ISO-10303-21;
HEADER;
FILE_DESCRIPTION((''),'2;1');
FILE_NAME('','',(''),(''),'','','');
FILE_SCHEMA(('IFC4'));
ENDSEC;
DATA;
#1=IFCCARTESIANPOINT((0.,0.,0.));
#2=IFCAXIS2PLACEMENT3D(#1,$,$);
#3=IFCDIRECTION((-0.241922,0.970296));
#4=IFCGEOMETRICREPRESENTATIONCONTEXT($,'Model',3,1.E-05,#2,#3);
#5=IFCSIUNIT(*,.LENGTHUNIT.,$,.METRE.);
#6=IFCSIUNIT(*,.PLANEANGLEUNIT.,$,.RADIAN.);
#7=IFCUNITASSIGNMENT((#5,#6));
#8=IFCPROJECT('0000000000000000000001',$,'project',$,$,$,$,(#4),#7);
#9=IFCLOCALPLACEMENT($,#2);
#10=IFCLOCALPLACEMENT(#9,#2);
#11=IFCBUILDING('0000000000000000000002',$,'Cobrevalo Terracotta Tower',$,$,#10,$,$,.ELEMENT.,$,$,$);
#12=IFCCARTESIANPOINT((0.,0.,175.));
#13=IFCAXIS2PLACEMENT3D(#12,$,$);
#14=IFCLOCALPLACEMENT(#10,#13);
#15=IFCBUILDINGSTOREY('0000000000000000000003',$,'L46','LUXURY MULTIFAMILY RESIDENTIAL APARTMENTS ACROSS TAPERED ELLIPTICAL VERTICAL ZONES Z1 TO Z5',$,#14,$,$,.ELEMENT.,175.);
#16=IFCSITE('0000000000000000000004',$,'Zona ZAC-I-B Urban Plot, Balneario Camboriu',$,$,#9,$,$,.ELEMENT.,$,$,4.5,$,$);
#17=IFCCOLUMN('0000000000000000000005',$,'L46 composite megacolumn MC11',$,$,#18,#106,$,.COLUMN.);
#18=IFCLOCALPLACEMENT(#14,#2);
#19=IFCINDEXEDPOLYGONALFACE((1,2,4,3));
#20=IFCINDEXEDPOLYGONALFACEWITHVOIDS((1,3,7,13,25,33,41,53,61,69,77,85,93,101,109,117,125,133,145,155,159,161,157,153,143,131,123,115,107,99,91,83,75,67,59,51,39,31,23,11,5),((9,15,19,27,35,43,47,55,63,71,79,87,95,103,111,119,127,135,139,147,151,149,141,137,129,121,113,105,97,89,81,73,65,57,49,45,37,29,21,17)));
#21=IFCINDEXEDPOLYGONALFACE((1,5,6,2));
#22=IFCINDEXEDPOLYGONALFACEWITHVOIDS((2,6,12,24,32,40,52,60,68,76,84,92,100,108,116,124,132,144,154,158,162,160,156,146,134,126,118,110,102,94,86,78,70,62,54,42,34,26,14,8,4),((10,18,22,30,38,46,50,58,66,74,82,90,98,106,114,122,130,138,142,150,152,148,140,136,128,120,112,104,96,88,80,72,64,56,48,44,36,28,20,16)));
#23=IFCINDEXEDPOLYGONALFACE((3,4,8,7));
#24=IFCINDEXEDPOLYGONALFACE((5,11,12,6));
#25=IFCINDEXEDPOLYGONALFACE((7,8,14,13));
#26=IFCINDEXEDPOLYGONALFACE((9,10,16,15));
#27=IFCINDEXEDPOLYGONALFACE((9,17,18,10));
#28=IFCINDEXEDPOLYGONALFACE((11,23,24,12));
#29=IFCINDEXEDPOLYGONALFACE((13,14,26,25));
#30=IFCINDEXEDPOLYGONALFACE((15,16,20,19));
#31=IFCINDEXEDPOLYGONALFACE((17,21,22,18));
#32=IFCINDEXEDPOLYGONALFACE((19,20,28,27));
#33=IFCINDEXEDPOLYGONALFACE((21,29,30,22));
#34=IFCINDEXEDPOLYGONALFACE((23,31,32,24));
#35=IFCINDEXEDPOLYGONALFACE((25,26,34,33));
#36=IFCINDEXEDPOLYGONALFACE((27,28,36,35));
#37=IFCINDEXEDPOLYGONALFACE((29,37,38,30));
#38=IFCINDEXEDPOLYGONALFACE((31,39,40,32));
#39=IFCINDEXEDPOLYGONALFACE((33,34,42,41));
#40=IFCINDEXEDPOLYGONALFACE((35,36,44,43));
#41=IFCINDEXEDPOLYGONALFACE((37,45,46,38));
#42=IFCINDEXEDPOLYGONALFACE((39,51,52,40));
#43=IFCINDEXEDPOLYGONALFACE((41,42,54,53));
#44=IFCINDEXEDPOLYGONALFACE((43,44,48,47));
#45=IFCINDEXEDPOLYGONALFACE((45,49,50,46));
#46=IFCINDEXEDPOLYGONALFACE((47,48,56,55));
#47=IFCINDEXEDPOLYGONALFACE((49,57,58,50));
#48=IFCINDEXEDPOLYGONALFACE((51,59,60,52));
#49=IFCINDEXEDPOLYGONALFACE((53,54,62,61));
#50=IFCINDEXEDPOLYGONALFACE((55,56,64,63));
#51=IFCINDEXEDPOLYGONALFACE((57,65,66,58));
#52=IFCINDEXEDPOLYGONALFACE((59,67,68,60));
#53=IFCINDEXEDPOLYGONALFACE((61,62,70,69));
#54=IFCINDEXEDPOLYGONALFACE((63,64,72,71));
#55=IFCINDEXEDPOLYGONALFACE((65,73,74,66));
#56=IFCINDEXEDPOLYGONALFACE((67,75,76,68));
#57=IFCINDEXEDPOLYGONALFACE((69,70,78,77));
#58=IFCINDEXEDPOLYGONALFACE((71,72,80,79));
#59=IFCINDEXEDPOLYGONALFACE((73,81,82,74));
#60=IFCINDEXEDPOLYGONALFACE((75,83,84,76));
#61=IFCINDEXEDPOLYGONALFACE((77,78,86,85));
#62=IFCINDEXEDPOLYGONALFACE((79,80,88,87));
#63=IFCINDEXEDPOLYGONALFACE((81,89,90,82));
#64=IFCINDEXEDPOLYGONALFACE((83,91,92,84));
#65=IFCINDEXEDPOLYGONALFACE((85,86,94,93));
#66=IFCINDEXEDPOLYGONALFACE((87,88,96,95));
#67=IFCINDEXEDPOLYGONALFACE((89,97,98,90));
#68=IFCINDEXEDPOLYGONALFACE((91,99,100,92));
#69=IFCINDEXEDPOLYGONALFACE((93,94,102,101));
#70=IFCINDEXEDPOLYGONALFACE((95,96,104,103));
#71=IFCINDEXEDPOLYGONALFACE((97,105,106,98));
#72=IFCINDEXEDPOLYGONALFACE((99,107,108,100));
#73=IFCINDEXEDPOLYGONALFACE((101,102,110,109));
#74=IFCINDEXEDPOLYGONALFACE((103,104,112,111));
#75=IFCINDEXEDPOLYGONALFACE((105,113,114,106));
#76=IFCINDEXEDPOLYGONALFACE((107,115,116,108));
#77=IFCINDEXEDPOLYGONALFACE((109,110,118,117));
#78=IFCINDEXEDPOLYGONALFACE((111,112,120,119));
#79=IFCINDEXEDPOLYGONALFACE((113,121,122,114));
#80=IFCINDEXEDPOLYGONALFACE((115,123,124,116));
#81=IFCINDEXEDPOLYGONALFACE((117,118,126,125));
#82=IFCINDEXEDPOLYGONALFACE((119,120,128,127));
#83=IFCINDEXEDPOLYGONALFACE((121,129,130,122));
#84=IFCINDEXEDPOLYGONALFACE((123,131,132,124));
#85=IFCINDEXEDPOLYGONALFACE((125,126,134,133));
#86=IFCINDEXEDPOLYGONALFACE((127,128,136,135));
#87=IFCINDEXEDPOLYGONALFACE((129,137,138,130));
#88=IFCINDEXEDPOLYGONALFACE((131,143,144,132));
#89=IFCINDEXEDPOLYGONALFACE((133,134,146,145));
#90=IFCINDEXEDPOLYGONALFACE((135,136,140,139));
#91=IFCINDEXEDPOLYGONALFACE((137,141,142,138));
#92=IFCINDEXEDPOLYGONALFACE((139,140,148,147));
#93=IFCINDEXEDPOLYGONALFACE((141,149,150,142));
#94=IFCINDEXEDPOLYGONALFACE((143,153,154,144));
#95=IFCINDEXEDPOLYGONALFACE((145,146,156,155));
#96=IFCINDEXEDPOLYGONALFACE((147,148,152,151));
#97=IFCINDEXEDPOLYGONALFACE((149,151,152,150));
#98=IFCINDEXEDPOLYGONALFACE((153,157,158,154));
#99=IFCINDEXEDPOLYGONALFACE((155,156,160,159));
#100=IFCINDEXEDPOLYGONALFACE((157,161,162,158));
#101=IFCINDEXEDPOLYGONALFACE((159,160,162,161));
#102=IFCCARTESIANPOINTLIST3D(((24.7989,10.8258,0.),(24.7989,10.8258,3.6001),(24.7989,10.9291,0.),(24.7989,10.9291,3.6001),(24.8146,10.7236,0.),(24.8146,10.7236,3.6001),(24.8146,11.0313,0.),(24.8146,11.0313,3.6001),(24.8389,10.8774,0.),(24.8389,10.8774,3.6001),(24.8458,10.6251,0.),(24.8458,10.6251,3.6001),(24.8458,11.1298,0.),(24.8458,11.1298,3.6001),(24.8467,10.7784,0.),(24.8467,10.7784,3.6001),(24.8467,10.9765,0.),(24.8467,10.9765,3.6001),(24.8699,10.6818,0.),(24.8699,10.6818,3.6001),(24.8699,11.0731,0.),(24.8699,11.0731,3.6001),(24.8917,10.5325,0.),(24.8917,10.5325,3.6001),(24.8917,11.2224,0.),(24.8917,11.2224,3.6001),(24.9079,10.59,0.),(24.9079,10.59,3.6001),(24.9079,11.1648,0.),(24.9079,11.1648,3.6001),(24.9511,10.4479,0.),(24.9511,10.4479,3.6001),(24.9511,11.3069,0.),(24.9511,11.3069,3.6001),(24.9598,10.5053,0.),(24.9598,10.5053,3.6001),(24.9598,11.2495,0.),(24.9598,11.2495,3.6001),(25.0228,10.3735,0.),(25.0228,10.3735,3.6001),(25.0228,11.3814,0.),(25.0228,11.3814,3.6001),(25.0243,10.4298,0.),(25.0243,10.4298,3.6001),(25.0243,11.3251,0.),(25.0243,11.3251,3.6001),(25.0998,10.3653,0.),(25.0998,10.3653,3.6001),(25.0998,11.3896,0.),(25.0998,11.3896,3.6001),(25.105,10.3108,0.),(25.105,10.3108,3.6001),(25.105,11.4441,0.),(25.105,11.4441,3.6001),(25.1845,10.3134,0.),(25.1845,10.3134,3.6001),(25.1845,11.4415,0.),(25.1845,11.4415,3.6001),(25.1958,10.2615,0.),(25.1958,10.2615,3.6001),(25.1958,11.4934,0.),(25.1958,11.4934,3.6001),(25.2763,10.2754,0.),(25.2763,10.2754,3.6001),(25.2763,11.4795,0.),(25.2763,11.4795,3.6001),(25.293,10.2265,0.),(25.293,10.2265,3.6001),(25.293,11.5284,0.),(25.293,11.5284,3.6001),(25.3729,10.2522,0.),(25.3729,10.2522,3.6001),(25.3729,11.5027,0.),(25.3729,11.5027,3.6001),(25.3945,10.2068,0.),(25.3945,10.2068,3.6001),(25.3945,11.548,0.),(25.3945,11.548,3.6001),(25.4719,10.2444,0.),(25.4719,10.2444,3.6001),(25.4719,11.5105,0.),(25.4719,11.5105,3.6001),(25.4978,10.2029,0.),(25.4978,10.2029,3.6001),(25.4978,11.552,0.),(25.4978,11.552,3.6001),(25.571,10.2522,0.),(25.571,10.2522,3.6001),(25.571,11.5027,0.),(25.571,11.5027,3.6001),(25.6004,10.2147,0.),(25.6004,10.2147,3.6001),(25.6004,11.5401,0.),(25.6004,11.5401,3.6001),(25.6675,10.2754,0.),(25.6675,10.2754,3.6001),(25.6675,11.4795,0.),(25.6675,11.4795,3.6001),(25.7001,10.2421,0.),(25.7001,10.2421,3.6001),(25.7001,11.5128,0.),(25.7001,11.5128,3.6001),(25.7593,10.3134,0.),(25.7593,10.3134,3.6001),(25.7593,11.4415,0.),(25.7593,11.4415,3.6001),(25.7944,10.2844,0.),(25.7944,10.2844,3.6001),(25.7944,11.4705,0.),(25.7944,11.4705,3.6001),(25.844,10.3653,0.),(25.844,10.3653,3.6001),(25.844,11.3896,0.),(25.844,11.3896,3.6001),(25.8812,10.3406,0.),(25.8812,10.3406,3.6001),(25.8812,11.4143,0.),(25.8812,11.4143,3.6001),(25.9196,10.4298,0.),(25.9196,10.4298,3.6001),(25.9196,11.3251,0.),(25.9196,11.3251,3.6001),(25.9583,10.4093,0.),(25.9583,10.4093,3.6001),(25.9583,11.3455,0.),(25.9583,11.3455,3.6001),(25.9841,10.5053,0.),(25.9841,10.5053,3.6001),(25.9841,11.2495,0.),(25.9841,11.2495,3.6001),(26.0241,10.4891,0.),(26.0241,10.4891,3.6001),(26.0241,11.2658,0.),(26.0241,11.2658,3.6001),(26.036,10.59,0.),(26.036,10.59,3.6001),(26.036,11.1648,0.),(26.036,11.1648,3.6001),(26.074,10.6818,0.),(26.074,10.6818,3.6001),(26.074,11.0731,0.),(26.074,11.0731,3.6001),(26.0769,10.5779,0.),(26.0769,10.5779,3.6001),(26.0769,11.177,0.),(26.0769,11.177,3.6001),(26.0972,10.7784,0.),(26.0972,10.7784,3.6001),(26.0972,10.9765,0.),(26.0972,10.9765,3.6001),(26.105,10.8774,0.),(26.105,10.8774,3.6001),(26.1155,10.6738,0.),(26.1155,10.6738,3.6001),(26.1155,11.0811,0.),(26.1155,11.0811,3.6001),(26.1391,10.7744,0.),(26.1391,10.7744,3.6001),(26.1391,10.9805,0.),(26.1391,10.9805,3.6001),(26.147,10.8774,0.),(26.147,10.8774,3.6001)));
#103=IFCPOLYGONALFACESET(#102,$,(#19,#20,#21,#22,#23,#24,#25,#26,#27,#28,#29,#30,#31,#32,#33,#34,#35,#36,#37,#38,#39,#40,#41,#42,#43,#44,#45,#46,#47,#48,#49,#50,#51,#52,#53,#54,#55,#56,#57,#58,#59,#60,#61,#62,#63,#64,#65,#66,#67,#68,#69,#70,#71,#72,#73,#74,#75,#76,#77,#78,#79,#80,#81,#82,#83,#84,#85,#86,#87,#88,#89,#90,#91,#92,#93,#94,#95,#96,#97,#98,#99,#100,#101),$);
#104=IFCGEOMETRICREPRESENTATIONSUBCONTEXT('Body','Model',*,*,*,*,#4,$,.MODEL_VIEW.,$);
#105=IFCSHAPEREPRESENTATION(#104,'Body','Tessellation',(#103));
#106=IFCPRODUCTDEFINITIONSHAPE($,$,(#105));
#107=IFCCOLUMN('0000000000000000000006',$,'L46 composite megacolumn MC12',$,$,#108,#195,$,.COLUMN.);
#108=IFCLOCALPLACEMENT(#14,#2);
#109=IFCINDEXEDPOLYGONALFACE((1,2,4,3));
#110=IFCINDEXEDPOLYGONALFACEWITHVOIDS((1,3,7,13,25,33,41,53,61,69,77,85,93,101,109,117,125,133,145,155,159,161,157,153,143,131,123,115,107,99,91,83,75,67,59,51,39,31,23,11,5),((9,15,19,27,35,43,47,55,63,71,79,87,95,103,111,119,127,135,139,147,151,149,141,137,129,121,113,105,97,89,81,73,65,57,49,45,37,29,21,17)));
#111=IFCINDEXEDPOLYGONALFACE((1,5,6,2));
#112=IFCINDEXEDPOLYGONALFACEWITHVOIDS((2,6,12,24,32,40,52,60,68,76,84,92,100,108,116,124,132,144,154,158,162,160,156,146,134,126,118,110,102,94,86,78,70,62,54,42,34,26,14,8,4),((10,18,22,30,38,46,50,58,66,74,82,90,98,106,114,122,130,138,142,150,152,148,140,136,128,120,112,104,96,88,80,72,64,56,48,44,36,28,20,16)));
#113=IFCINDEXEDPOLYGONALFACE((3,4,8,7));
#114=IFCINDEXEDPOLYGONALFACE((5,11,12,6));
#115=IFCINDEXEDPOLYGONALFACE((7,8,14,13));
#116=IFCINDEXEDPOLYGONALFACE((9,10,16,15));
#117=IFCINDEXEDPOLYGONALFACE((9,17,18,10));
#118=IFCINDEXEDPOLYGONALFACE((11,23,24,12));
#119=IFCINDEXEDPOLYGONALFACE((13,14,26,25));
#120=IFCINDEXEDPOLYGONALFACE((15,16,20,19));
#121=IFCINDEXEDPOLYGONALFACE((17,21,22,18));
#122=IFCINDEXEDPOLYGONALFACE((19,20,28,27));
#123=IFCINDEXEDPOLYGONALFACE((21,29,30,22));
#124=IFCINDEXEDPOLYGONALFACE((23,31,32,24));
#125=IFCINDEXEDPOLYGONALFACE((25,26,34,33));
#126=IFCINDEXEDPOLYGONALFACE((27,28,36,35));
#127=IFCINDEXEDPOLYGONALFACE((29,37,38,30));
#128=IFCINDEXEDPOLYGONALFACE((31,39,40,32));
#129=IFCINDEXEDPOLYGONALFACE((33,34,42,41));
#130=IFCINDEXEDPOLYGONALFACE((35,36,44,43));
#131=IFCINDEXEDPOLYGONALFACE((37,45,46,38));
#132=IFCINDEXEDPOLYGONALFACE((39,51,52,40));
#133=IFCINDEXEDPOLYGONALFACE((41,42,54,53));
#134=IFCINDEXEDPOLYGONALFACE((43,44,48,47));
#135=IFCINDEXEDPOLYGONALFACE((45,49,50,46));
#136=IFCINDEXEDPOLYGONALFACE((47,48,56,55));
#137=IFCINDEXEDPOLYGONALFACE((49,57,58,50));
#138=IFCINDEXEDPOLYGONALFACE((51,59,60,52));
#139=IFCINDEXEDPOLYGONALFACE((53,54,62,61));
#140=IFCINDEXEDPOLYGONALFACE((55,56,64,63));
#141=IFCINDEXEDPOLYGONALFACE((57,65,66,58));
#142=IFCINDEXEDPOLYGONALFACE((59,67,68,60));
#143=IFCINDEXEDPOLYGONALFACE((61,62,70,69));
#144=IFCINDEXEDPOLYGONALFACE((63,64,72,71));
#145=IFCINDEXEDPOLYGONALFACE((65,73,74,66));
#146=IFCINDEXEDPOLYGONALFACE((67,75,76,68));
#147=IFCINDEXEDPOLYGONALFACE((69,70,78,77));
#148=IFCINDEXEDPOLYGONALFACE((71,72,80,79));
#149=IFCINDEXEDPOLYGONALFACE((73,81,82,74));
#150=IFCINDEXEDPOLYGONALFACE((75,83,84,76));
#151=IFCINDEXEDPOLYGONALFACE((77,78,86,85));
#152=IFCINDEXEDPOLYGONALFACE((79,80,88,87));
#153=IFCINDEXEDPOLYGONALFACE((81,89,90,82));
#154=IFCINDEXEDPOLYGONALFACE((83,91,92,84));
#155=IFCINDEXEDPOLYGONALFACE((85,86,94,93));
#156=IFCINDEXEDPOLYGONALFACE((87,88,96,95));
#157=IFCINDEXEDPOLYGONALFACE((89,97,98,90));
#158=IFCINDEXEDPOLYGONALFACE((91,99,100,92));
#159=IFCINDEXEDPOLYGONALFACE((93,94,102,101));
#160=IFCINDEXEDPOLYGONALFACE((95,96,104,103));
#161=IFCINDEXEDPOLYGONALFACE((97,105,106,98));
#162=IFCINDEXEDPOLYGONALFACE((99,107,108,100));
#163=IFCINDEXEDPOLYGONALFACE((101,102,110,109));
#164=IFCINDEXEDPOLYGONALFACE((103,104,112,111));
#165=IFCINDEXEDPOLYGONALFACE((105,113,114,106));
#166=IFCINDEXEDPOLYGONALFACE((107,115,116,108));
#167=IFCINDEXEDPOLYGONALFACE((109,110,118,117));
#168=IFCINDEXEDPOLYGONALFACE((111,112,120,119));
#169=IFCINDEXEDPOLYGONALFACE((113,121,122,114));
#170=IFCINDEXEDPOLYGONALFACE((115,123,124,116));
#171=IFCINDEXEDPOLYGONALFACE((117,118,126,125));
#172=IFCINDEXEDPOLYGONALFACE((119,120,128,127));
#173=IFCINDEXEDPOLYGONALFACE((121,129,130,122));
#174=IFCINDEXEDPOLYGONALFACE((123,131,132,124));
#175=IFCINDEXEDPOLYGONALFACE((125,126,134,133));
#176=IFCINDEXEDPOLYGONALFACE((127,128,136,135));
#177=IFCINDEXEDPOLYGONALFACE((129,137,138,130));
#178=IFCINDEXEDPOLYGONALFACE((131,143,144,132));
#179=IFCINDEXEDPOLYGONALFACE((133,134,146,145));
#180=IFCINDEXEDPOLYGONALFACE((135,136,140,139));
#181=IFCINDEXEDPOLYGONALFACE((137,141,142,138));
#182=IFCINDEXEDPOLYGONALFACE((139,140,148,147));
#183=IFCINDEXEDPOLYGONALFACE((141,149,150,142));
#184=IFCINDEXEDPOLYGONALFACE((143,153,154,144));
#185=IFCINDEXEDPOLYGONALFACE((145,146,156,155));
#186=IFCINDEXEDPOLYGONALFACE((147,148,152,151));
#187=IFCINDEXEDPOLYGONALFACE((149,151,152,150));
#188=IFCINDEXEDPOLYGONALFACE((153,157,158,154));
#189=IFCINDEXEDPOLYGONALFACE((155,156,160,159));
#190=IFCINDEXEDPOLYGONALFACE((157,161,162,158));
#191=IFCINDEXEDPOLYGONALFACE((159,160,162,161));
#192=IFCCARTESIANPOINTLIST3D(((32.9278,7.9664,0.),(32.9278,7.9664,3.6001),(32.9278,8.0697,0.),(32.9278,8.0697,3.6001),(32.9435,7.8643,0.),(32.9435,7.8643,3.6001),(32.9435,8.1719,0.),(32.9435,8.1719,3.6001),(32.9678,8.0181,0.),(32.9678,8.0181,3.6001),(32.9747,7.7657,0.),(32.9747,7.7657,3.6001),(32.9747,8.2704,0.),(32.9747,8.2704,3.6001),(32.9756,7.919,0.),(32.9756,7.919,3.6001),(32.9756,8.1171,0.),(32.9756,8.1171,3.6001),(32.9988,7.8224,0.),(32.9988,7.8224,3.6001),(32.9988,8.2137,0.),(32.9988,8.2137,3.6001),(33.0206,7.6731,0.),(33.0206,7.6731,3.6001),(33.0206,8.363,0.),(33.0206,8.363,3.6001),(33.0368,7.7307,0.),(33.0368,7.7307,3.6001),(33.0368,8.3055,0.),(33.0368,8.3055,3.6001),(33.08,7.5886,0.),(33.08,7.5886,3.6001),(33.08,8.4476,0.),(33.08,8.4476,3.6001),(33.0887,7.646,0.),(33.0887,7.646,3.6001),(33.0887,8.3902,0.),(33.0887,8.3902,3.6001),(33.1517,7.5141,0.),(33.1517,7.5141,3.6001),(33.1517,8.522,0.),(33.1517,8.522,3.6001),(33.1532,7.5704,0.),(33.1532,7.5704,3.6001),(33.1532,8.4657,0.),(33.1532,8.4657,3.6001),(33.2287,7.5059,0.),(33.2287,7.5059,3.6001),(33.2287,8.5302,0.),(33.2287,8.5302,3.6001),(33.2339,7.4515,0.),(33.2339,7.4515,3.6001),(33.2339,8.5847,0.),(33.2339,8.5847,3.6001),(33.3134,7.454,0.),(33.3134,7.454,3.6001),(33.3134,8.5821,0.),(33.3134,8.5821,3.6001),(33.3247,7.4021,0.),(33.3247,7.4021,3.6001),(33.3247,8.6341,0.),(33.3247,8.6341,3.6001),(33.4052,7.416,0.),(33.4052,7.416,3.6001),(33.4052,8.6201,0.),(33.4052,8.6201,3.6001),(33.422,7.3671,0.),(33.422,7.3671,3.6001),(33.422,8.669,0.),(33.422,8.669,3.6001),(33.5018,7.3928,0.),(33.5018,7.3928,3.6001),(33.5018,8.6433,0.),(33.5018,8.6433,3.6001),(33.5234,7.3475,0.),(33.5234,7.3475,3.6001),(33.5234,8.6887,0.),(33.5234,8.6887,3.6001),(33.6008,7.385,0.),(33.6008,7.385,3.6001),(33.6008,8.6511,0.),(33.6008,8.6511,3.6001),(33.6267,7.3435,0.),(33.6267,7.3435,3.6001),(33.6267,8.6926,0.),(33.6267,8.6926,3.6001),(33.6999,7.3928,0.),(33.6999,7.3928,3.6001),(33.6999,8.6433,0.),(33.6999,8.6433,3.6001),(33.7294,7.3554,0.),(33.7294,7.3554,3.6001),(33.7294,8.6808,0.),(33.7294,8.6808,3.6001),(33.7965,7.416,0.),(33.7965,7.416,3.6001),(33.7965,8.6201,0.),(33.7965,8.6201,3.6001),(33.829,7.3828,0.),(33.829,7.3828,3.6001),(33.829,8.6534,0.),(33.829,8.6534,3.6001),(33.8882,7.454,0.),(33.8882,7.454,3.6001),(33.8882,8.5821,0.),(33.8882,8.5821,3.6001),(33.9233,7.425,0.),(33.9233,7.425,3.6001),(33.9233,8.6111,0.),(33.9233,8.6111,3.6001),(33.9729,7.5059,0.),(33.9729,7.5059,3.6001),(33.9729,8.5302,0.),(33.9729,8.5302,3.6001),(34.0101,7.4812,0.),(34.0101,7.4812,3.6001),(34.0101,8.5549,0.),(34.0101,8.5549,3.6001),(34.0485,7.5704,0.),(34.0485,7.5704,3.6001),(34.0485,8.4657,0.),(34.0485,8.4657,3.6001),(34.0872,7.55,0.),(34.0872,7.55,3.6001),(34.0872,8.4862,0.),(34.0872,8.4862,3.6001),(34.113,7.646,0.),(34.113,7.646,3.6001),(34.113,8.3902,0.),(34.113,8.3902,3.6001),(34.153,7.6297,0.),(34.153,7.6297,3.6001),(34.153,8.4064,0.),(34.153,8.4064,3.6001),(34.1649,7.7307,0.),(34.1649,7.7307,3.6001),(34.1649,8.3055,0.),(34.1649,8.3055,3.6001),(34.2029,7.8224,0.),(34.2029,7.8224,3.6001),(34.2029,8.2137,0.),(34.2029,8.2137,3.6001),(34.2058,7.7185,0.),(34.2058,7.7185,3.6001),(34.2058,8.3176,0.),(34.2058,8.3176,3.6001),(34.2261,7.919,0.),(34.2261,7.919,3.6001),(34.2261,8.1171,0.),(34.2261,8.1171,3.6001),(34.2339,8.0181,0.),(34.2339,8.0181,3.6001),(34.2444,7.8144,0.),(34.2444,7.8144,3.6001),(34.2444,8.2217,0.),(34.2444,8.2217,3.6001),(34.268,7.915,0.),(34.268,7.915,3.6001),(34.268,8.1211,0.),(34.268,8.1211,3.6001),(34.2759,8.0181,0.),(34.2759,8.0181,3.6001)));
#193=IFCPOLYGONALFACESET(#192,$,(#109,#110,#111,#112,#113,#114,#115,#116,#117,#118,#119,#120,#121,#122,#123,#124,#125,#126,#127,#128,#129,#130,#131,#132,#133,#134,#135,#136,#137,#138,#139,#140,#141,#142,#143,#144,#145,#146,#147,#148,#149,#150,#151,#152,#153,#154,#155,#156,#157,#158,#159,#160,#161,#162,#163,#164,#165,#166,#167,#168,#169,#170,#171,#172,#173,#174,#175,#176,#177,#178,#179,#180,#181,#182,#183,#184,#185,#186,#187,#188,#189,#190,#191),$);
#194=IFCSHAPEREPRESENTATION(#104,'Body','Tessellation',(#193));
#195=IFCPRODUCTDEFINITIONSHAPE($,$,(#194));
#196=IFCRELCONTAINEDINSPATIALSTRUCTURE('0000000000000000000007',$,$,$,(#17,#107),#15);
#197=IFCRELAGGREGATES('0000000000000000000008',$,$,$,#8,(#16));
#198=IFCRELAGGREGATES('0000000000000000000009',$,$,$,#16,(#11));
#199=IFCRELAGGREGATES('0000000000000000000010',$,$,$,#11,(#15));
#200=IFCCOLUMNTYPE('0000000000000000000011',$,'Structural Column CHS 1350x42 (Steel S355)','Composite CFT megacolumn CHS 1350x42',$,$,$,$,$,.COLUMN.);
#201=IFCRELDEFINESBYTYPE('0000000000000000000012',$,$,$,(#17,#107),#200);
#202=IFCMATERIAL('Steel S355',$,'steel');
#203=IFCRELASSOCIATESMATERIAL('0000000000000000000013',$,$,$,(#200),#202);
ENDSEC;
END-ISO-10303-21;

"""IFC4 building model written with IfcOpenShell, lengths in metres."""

from ifc_helpers import new_model, si_unit, direction, frame, origin, origin_2d, place, context, subcontext, project, spatial, hollow_circle, extrude, material, material_profile, profile_set, type_object, element, save


model = new_model("IFC4")

# Units and contexts
model_context = context("Model", 3, precision=1e-05, world=origin(), true_north=direction((-0.241922, 0.970296)))
body_context = subcontext(model_context, "Body", "Model", "MODEL_VIEW")
ifc_project = project(units=[si_unit("LENGTHUNIT", "METRE"), si_unit("PLANEANGLEUNIT", "RADIAN")], contexts=[model_context])

# Site, building, storey
site_placement = place(None, origin())
site = spatial("IfcSite", under=ifc_project, at=site_placement, Name="Zona ZAC-I-B Urban Plot, Balneario Camboriu", CompositionType="ELEMENT", RefElevation=4.5)
building_placement = place(site_placement, origin())
building = spatial("IfcBuilding", under=site, at=building_placement, Name="Cobrevalo Terracotta Tower", CompositionType="ELEMENT")
storey_placement = place(building_placement, frame((0.0, 0.0, 175.0)))
storey = spatial("IfcBuildingStorey", under=building, at=storey_placement, Name="L46", Description="LUXURY MULTIFAMILY RESIDENTIAL APARTMENTS ACROSS TAPERED ELLIPTICAL VERTICAL ZONES Z1 TO Z5", CompositionType="ELEMENT", Elevation=175.0)

# Columns
ifc_material_1 = material(Name="Steel S355", Category="steel")
ifc_material_profile_1 = material_profile(ifc_material_1, hollow_circle(Radius=0.675, WallThickness=0.042, at=origin_2d()), Name="CHS 1350x42")
ifc_profile_set_1 = profile_set([ifc_material_profile_1], Name="Steel S355")
column_type = type_object("IfcColumnType", Name="Structural Column CHS 1350x42 (Steel S355)", Description="Composite CFT megacolumn CHS 1350x42", PredefinedType="COLUMN", material=ifc_profile_set_1)
for number, where, z_axis, x_axis, name in (
    (1, (25.4719, 10.8774, 0.0), (0.0, 0.0, 1.0), (1.0, 0.0, 0.0), "L46 composite megacolumn MC11"),
    (2, (33.6008, 8.0181, 0.0), (0.0, 0.0, 1.0), (1.0, 0.0, 0.0), "L46 composite megacolumn MC12"),
):
    element("IfcColumn", number, at=place(storey_placement, frame(where, z_axis=z_axis, x_axis=x_axis)), inside=storey, type_object=column_type, Name=name, PredefinedType="COLUMN", context=body_context, shape_type="SweptSolid", body=[
        extrude(hollow_circle(Radius=0.675, WallThickness=0.042, at=origin_2d()), origin(), (0.0, 0.0, 1.0), 3.6001),
    ])

save(model, "model.ifc")
